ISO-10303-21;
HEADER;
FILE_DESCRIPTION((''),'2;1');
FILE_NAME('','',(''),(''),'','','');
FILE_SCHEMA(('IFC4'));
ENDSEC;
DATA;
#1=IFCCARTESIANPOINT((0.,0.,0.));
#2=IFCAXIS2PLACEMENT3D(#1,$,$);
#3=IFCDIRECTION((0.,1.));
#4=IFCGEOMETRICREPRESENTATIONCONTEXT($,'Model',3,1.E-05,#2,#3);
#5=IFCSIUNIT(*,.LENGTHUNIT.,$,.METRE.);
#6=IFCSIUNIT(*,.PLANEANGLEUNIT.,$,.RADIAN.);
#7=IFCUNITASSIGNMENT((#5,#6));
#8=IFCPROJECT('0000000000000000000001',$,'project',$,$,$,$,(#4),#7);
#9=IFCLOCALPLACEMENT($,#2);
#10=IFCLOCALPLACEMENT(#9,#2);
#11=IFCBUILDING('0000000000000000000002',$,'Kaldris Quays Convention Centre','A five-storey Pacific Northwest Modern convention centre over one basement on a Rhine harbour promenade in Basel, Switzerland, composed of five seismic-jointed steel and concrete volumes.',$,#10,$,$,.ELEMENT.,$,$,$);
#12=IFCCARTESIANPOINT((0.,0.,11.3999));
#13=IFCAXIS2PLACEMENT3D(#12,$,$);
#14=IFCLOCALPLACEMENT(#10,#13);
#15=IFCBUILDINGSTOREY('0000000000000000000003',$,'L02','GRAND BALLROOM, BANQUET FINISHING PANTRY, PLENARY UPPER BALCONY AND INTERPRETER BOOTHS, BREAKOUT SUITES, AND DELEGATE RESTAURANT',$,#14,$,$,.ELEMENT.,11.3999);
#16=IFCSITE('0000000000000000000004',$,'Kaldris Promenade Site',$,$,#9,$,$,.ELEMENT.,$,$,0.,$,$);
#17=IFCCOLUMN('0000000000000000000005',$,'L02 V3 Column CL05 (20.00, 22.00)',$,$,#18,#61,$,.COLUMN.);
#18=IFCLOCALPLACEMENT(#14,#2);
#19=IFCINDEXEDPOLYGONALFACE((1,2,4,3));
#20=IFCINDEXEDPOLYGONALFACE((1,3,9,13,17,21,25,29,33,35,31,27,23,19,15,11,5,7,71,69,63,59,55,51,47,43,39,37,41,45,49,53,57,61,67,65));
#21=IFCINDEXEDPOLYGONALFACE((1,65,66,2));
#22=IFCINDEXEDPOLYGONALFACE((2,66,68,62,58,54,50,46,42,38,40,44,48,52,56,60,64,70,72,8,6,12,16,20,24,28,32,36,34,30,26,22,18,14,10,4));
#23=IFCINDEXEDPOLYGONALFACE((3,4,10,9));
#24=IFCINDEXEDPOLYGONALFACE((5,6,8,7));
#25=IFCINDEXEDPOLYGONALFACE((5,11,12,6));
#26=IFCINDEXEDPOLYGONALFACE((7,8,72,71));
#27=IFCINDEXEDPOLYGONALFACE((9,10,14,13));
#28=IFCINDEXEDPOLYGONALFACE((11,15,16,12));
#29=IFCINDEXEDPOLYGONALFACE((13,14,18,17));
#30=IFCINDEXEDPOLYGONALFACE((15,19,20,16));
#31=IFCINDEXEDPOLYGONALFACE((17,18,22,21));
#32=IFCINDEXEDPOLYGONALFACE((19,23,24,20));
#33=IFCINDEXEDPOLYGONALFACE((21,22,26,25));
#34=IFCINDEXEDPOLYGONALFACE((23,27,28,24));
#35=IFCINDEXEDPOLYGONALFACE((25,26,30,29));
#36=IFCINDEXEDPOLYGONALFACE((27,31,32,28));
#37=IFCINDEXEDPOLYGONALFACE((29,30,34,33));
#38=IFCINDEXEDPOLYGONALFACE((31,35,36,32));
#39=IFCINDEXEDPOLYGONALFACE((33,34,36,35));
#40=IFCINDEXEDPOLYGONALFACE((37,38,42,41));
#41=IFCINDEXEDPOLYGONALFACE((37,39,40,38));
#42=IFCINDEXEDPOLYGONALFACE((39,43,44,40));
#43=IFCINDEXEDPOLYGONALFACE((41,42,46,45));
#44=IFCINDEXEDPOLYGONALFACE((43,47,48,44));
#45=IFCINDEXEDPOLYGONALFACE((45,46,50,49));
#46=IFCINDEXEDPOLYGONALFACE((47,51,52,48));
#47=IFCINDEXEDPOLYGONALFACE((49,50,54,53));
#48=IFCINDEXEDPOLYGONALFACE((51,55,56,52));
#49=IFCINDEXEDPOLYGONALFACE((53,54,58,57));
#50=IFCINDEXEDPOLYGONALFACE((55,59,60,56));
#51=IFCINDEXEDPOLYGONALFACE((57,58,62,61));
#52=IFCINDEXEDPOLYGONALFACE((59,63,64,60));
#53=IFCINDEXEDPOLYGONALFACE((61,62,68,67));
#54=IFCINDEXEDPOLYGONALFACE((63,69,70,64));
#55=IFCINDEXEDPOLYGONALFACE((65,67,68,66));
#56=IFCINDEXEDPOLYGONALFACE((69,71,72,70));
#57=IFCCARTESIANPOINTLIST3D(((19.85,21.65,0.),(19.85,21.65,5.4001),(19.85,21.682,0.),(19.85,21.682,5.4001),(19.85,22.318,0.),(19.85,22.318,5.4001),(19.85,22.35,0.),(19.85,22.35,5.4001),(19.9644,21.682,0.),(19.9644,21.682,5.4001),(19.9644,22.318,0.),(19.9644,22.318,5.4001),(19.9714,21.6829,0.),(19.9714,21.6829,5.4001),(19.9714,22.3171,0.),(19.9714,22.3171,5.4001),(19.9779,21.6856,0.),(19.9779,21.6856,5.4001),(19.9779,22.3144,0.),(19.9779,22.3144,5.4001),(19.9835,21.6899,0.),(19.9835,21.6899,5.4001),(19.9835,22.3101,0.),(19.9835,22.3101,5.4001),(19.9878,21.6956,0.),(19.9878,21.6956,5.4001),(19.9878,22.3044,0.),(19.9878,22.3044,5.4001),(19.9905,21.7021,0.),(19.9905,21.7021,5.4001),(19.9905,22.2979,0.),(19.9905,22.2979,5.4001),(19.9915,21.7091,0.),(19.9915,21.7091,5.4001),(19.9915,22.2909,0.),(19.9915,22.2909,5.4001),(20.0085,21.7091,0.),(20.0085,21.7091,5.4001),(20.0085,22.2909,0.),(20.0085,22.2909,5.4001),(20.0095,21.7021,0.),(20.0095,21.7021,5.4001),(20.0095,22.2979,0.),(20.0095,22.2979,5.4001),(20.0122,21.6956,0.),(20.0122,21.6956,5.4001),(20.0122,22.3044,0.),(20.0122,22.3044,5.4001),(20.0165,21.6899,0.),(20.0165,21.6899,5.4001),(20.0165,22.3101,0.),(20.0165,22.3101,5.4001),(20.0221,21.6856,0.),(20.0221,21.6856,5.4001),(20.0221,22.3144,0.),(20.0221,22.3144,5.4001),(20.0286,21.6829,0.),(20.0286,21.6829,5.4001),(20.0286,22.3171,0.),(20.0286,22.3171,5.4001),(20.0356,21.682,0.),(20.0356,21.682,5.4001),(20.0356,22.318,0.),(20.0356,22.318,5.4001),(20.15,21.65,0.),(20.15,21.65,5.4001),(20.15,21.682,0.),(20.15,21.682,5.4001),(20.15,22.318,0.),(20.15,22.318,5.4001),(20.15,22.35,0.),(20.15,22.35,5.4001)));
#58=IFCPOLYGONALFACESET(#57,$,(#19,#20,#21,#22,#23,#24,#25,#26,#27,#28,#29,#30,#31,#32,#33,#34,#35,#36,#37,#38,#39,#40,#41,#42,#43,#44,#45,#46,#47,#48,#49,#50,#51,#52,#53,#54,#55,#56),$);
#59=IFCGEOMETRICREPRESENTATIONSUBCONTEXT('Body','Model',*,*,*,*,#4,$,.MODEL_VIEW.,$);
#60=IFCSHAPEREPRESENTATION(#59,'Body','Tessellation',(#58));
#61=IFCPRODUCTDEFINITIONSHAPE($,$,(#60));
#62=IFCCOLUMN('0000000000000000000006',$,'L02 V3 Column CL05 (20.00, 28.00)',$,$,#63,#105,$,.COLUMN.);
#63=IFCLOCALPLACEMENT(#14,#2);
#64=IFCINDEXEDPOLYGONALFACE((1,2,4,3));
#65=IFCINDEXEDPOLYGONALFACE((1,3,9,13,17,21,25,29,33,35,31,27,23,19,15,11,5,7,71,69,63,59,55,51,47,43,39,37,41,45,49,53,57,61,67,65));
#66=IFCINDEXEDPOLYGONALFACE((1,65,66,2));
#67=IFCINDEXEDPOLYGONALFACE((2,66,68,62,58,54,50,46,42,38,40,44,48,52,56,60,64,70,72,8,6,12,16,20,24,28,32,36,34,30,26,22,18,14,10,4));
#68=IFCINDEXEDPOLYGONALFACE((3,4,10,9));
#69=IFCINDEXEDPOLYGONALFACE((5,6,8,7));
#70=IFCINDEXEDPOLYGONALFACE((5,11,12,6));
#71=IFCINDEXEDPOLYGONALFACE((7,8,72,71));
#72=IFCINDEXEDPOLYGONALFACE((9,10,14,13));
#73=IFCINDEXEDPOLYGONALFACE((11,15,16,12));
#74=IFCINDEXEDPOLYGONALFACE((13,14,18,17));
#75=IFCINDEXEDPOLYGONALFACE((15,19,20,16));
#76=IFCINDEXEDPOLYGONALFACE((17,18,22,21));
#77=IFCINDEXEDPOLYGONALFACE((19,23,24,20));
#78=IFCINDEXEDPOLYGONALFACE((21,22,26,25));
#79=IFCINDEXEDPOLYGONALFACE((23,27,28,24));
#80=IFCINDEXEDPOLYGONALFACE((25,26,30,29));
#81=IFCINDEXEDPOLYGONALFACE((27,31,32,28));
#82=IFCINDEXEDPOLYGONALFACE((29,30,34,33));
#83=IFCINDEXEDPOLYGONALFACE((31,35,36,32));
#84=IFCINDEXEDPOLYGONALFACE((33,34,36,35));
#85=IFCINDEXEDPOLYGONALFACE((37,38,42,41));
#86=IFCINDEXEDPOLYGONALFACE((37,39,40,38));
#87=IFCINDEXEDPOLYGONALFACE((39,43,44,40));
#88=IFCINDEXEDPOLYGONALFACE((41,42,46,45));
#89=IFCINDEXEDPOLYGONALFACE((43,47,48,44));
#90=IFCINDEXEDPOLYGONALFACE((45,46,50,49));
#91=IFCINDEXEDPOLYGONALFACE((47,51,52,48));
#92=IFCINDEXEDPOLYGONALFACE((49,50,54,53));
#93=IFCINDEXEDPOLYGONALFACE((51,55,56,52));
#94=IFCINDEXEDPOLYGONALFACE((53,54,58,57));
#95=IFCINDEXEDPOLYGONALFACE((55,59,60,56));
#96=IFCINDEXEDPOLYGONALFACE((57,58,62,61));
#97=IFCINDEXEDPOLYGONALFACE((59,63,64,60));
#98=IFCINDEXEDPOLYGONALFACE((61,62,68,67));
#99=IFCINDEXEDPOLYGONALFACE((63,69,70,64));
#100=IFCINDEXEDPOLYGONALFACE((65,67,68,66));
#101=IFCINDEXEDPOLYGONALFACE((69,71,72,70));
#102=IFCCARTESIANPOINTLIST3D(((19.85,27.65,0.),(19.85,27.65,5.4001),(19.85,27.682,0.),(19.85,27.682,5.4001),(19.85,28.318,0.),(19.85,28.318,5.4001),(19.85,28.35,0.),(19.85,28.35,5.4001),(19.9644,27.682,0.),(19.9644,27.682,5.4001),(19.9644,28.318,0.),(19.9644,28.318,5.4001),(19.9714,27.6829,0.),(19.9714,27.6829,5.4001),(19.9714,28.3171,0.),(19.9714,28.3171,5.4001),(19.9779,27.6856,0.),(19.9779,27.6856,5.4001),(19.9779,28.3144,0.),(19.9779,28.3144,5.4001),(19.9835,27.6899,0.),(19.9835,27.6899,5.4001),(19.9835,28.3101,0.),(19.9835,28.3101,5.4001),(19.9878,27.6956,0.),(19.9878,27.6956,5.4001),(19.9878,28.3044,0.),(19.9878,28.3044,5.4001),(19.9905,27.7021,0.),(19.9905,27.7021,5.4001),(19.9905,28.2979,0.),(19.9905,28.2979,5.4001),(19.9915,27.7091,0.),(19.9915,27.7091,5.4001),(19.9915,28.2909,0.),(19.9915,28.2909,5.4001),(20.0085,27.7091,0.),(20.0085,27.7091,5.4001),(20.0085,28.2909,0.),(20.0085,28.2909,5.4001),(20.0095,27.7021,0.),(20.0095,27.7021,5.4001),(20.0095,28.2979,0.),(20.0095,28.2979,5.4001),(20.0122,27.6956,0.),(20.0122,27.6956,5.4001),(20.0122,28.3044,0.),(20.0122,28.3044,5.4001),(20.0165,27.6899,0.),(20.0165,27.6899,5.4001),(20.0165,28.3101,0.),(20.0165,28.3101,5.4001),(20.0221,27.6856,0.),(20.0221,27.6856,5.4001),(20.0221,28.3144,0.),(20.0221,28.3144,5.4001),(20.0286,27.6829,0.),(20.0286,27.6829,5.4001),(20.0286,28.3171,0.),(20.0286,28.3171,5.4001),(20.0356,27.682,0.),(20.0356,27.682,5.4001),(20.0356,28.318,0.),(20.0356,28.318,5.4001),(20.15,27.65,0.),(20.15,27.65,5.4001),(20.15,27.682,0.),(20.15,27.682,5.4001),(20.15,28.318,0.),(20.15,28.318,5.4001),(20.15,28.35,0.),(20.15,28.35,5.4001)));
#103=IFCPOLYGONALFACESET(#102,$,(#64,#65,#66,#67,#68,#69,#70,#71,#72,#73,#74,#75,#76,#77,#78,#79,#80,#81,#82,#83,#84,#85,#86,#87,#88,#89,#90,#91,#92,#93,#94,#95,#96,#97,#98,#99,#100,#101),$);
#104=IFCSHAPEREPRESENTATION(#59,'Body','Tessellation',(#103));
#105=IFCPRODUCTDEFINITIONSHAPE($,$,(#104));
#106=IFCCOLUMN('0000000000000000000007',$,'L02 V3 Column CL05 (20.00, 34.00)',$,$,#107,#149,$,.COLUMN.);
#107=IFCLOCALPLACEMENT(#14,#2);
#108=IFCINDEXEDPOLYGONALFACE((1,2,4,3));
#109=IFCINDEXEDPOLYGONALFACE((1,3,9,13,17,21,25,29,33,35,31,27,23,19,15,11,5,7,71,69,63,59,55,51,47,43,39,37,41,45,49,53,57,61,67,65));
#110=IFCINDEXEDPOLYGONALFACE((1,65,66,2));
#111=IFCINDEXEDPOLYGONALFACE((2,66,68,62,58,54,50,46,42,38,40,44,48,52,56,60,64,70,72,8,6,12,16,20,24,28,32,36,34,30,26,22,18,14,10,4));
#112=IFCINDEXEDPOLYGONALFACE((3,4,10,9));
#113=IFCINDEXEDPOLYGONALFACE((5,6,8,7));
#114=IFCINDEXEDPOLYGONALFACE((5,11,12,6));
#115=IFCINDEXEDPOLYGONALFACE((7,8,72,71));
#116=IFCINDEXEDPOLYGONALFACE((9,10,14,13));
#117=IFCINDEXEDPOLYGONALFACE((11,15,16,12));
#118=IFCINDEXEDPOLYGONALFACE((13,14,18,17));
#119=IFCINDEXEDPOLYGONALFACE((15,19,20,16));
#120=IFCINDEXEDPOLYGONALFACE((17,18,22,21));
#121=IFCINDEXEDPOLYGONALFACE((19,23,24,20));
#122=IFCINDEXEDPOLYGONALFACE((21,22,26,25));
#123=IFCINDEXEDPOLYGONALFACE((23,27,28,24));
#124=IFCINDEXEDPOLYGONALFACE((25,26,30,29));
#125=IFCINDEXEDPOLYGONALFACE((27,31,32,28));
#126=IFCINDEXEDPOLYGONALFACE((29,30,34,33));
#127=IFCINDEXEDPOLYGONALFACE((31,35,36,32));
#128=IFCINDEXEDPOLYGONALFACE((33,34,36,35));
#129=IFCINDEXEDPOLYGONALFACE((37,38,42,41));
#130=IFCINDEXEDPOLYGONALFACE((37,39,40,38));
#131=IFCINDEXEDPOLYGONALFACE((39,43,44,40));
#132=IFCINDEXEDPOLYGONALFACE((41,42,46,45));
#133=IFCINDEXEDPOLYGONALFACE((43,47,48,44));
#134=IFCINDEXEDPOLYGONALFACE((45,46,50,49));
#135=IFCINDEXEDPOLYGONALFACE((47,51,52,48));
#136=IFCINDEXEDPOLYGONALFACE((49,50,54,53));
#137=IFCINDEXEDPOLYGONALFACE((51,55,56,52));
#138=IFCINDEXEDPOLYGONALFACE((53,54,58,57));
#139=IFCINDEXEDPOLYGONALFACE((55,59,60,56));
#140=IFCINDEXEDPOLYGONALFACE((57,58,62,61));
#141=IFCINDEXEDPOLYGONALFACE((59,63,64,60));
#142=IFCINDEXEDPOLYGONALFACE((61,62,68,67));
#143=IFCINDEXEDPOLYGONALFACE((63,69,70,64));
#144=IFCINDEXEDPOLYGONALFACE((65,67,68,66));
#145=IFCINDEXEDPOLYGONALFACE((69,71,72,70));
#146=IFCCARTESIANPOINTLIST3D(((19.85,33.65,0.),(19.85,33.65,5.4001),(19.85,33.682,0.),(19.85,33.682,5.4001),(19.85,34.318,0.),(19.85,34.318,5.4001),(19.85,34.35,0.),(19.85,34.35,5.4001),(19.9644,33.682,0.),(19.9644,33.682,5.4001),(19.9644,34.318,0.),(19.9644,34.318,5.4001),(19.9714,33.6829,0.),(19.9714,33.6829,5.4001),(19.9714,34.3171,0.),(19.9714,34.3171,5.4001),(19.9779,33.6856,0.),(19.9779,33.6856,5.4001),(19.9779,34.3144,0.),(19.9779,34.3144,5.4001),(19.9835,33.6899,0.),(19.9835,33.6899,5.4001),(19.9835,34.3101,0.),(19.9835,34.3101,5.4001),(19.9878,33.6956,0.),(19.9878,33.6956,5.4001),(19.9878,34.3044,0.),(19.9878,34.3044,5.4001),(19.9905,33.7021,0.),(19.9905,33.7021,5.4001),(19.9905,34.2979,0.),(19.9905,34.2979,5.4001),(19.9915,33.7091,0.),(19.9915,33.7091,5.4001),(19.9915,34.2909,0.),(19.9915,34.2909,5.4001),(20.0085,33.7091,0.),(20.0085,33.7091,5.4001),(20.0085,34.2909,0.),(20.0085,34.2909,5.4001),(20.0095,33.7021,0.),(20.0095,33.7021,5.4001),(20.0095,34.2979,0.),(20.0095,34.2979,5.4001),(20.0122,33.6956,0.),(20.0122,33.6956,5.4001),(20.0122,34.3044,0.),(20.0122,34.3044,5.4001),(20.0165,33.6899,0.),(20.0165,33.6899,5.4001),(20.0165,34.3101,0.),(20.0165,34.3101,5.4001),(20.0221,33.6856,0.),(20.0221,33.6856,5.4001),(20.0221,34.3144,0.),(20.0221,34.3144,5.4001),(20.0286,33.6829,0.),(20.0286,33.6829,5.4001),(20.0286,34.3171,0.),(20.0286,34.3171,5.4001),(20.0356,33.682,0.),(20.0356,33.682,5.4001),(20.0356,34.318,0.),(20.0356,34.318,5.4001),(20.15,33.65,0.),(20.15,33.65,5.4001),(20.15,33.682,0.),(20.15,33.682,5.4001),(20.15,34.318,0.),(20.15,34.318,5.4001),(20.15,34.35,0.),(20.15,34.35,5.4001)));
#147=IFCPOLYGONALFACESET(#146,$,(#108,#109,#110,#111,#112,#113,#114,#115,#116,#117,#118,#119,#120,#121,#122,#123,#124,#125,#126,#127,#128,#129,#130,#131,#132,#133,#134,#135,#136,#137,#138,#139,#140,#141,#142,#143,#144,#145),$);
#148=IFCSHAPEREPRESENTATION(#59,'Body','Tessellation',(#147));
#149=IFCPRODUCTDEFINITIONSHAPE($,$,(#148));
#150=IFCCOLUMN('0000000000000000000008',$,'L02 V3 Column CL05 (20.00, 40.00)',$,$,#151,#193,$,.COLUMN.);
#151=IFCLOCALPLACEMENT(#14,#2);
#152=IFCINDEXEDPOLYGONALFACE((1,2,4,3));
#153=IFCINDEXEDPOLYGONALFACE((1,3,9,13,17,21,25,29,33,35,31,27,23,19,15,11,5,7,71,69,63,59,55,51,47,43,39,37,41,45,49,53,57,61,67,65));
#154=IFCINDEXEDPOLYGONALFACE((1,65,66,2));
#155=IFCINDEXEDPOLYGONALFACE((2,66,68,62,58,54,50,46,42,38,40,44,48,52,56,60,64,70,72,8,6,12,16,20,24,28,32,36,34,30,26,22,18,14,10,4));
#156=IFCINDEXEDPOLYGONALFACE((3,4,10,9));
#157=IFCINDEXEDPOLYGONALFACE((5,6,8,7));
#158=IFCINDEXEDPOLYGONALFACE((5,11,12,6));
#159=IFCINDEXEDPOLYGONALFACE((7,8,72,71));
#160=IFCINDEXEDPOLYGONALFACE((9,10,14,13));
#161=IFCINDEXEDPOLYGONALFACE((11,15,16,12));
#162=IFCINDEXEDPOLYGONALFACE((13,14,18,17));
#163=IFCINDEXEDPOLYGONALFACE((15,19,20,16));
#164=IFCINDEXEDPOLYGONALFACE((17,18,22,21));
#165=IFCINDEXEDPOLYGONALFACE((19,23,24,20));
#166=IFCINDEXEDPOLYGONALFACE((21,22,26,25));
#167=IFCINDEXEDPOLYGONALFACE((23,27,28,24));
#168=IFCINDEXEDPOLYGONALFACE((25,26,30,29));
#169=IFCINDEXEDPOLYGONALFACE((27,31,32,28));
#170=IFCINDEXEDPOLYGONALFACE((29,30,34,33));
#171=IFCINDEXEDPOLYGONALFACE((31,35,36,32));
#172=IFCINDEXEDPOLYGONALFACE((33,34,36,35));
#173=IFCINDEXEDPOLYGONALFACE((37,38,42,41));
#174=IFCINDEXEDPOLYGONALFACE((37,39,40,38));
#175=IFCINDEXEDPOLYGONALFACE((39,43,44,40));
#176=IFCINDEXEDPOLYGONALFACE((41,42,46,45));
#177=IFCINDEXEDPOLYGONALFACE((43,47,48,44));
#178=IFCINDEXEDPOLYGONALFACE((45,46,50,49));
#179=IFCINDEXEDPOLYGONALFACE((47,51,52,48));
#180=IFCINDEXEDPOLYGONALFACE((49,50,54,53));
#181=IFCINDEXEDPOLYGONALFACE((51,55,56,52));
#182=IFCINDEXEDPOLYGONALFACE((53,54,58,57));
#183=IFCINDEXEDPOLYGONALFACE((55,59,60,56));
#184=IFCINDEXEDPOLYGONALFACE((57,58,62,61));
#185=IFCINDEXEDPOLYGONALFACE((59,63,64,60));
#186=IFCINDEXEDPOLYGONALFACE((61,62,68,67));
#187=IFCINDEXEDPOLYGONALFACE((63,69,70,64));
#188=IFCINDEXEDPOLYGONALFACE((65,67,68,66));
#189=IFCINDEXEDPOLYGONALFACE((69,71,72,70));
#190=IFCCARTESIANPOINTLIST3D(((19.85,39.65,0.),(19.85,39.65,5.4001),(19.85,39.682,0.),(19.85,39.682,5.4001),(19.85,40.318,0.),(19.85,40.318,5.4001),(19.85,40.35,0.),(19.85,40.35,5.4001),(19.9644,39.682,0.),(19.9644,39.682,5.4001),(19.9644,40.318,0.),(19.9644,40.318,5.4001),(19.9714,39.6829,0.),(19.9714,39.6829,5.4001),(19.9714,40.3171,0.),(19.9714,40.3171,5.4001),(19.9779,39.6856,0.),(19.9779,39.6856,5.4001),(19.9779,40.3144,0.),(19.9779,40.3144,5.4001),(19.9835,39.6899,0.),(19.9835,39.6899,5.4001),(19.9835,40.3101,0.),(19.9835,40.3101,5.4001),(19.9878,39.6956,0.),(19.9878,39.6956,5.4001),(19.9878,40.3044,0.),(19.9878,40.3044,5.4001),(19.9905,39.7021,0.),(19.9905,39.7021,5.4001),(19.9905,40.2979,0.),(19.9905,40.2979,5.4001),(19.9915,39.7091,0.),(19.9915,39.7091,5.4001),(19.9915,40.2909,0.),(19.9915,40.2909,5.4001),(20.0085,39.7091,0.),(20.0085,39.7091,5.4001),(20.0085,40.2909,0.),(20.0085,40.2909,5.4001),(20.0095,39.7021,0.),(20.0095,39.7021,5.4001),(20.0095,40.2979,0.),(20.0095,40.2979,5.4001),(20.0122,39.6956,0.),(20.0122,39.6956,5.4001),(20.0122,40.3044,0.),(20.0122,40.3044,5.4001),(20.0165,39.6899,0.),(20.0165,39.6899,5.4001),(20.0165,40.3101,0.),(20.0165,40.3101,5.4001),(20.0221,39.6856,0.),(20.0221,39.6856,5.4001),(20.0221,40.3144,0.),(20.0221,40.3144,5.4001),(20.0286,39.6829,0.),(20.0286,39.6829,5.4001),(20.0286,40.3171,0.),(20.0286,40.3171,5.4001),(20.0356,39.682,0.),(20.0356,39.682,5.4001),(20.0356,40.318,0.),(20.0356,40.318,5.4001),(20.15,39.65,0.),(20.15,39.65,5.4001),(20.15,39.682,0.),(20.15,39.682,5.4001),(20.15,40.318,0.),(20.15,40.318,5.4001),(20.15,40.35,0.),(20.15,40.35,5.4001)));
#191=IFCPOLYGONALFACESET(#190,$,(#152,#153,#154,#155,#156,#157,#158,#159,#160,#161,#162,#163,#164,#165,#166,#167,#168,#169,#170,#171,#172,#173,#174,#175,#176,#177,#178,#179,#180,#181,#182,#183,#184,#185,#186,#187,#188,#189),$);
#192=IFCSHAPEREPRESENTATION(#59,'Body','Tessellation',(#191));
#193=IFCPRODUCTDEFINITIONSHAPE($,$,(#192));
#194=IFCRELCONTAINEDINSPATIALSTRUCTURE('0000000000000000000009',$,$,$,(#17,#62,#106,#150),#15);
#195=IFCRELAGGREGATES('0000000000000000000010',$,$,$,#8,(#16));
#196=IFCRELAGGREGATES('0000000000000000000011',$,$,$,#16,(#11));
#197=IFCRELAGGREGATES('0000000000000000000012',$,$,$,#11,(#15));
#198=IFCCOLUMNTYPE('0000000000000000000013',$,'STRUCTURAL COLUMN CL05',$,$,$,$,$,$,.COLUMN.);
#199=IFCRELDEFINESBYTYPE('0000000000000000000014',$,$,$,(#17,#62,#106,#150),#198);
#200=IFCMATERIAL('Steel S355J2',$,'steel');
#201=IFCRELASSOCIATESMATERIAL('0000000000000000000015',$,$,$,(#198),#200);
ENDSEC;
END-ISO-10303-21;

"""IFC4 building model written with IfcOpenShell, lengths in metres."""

from ifc_helpers import new_model, si_unit, direction, frame, origin, origin_2d, place, context, subcontext, project, spatial, i_section, extrude, material, material_profile, profile_set, type_object, element, save


model = new_model("IFC4")

# Units and contexts
model_context = context("Model", 3, precision=1e-05, world=origin(), true_north=direction((0.0, 1.0)))
body_context = subcontext(model_context, "Body", "Model", "MODEL_VIEW")
ifc_project = project(units=[si_unit("LENGTHUNIT", "METRE"), si_unit("PLANEANGLEUNIT", "RADIAN")], contexts=[model_context])

# Site, building, storey
site_placement = place(None, origin())
site = spatial("IfcSite", under=ifc_project, at=site_placement, Name="Kaldris Promenade Site", CompositionType="ELEMENT", RefElevation=0.0)
building_placement = place(site_placement, origin())
building = spatial("IfcBuilding", under=site, at=building_placement, Name="Kaldris Quays Convention Centre", Description="A five-storey Pacific Northwest Modern convention centre over one basement on a Rhine harbour promenade in Basel, Switzerland, composed of five seismic-jointed steel and concrete volumes.", CompositionType="ELEMENT")
storey_placement = place(building_placement, frame((0.0, 0.0, 11.3999)))
storey = spatial("IfcBuildingStorey", under=building, at=storey_placement, Name="L02", Description="GRAND BALLROOM, BANQUET FINISHING PANTRY, PLENARY UPPER BALCONY AND INTERPRETER BOOTHS, BREAKOUT SUITES, AND DELEGATE RESTAURANT", CompositionType="ELEMENT", Elevation=11.3999)

# Columns
ifc_material_1 = material(Name="Steel S355J2", Category="steel")
ifc_material_profile_1 = material_profile(ifc_material_1, i_section(OverallWidth=0.3, OverallDepth=0.7, WebThickness=0.0171, FlangeThickness=0.032, FilletRadius=0.0271, at=origin_2d()), Name="HEB 700")
ifc_profile_set_1 = profile_set([ifc_material_profile_1], Name="Steel S355J2")
column_type = type_object("IfcColumnType", Name="STRUCTURAL COLUMN CL05", PredefinedType="COLUMN", material=ifc_profile_set_1)
for number, where, z_axis, x_axis, name in (
    (1, (20.0, 22.0, 0.0), (0.0, 0.0, 1.0), (1.0, 0.0, 0.0), "L02 V3 Column CL05 (20.00, 22.00)"),
    (2, (20.0, 28.0, 0.0), (0.0, 0.0, 1.0), (1.0, 0.0, 0.0), "L02 V3 Column CL05 (20.00, 28.00)"),
    (3, (20.0, 34.0, 0.0), (0.0, 0.0, 1.0), (1.0, 0.0, 0.0), "L02 V3 Column CL05 (20.00, 34.00)"),
    (4, (20.0, 40.0, 0.0), (0.0, 0.0, 1.0), (1.0, 0.0, 0.0), "L02 V3 Column CL05 (20.00, 40.00)"),
):
    element("IfcColumn", number, at=place(storey_placement, frame(where, z_axis=z_axis, x_axis=x_axis)), inside=storey, type_object=column_type, Name=name, PredefinedType="COLUMN", context=body_context, shape_type="SweptSolid", body=[
        extrude(i_section(OverallWidth=0.3, OverallDepth=0.7, WebThickness=0.0171, FlangeThickness=0.032, FilletRadius=0.0271, at=origin_2d()), origin(), (0.0, 0.0, 1.0), 5.4001),
    ])

save(model, "model.ifc")
